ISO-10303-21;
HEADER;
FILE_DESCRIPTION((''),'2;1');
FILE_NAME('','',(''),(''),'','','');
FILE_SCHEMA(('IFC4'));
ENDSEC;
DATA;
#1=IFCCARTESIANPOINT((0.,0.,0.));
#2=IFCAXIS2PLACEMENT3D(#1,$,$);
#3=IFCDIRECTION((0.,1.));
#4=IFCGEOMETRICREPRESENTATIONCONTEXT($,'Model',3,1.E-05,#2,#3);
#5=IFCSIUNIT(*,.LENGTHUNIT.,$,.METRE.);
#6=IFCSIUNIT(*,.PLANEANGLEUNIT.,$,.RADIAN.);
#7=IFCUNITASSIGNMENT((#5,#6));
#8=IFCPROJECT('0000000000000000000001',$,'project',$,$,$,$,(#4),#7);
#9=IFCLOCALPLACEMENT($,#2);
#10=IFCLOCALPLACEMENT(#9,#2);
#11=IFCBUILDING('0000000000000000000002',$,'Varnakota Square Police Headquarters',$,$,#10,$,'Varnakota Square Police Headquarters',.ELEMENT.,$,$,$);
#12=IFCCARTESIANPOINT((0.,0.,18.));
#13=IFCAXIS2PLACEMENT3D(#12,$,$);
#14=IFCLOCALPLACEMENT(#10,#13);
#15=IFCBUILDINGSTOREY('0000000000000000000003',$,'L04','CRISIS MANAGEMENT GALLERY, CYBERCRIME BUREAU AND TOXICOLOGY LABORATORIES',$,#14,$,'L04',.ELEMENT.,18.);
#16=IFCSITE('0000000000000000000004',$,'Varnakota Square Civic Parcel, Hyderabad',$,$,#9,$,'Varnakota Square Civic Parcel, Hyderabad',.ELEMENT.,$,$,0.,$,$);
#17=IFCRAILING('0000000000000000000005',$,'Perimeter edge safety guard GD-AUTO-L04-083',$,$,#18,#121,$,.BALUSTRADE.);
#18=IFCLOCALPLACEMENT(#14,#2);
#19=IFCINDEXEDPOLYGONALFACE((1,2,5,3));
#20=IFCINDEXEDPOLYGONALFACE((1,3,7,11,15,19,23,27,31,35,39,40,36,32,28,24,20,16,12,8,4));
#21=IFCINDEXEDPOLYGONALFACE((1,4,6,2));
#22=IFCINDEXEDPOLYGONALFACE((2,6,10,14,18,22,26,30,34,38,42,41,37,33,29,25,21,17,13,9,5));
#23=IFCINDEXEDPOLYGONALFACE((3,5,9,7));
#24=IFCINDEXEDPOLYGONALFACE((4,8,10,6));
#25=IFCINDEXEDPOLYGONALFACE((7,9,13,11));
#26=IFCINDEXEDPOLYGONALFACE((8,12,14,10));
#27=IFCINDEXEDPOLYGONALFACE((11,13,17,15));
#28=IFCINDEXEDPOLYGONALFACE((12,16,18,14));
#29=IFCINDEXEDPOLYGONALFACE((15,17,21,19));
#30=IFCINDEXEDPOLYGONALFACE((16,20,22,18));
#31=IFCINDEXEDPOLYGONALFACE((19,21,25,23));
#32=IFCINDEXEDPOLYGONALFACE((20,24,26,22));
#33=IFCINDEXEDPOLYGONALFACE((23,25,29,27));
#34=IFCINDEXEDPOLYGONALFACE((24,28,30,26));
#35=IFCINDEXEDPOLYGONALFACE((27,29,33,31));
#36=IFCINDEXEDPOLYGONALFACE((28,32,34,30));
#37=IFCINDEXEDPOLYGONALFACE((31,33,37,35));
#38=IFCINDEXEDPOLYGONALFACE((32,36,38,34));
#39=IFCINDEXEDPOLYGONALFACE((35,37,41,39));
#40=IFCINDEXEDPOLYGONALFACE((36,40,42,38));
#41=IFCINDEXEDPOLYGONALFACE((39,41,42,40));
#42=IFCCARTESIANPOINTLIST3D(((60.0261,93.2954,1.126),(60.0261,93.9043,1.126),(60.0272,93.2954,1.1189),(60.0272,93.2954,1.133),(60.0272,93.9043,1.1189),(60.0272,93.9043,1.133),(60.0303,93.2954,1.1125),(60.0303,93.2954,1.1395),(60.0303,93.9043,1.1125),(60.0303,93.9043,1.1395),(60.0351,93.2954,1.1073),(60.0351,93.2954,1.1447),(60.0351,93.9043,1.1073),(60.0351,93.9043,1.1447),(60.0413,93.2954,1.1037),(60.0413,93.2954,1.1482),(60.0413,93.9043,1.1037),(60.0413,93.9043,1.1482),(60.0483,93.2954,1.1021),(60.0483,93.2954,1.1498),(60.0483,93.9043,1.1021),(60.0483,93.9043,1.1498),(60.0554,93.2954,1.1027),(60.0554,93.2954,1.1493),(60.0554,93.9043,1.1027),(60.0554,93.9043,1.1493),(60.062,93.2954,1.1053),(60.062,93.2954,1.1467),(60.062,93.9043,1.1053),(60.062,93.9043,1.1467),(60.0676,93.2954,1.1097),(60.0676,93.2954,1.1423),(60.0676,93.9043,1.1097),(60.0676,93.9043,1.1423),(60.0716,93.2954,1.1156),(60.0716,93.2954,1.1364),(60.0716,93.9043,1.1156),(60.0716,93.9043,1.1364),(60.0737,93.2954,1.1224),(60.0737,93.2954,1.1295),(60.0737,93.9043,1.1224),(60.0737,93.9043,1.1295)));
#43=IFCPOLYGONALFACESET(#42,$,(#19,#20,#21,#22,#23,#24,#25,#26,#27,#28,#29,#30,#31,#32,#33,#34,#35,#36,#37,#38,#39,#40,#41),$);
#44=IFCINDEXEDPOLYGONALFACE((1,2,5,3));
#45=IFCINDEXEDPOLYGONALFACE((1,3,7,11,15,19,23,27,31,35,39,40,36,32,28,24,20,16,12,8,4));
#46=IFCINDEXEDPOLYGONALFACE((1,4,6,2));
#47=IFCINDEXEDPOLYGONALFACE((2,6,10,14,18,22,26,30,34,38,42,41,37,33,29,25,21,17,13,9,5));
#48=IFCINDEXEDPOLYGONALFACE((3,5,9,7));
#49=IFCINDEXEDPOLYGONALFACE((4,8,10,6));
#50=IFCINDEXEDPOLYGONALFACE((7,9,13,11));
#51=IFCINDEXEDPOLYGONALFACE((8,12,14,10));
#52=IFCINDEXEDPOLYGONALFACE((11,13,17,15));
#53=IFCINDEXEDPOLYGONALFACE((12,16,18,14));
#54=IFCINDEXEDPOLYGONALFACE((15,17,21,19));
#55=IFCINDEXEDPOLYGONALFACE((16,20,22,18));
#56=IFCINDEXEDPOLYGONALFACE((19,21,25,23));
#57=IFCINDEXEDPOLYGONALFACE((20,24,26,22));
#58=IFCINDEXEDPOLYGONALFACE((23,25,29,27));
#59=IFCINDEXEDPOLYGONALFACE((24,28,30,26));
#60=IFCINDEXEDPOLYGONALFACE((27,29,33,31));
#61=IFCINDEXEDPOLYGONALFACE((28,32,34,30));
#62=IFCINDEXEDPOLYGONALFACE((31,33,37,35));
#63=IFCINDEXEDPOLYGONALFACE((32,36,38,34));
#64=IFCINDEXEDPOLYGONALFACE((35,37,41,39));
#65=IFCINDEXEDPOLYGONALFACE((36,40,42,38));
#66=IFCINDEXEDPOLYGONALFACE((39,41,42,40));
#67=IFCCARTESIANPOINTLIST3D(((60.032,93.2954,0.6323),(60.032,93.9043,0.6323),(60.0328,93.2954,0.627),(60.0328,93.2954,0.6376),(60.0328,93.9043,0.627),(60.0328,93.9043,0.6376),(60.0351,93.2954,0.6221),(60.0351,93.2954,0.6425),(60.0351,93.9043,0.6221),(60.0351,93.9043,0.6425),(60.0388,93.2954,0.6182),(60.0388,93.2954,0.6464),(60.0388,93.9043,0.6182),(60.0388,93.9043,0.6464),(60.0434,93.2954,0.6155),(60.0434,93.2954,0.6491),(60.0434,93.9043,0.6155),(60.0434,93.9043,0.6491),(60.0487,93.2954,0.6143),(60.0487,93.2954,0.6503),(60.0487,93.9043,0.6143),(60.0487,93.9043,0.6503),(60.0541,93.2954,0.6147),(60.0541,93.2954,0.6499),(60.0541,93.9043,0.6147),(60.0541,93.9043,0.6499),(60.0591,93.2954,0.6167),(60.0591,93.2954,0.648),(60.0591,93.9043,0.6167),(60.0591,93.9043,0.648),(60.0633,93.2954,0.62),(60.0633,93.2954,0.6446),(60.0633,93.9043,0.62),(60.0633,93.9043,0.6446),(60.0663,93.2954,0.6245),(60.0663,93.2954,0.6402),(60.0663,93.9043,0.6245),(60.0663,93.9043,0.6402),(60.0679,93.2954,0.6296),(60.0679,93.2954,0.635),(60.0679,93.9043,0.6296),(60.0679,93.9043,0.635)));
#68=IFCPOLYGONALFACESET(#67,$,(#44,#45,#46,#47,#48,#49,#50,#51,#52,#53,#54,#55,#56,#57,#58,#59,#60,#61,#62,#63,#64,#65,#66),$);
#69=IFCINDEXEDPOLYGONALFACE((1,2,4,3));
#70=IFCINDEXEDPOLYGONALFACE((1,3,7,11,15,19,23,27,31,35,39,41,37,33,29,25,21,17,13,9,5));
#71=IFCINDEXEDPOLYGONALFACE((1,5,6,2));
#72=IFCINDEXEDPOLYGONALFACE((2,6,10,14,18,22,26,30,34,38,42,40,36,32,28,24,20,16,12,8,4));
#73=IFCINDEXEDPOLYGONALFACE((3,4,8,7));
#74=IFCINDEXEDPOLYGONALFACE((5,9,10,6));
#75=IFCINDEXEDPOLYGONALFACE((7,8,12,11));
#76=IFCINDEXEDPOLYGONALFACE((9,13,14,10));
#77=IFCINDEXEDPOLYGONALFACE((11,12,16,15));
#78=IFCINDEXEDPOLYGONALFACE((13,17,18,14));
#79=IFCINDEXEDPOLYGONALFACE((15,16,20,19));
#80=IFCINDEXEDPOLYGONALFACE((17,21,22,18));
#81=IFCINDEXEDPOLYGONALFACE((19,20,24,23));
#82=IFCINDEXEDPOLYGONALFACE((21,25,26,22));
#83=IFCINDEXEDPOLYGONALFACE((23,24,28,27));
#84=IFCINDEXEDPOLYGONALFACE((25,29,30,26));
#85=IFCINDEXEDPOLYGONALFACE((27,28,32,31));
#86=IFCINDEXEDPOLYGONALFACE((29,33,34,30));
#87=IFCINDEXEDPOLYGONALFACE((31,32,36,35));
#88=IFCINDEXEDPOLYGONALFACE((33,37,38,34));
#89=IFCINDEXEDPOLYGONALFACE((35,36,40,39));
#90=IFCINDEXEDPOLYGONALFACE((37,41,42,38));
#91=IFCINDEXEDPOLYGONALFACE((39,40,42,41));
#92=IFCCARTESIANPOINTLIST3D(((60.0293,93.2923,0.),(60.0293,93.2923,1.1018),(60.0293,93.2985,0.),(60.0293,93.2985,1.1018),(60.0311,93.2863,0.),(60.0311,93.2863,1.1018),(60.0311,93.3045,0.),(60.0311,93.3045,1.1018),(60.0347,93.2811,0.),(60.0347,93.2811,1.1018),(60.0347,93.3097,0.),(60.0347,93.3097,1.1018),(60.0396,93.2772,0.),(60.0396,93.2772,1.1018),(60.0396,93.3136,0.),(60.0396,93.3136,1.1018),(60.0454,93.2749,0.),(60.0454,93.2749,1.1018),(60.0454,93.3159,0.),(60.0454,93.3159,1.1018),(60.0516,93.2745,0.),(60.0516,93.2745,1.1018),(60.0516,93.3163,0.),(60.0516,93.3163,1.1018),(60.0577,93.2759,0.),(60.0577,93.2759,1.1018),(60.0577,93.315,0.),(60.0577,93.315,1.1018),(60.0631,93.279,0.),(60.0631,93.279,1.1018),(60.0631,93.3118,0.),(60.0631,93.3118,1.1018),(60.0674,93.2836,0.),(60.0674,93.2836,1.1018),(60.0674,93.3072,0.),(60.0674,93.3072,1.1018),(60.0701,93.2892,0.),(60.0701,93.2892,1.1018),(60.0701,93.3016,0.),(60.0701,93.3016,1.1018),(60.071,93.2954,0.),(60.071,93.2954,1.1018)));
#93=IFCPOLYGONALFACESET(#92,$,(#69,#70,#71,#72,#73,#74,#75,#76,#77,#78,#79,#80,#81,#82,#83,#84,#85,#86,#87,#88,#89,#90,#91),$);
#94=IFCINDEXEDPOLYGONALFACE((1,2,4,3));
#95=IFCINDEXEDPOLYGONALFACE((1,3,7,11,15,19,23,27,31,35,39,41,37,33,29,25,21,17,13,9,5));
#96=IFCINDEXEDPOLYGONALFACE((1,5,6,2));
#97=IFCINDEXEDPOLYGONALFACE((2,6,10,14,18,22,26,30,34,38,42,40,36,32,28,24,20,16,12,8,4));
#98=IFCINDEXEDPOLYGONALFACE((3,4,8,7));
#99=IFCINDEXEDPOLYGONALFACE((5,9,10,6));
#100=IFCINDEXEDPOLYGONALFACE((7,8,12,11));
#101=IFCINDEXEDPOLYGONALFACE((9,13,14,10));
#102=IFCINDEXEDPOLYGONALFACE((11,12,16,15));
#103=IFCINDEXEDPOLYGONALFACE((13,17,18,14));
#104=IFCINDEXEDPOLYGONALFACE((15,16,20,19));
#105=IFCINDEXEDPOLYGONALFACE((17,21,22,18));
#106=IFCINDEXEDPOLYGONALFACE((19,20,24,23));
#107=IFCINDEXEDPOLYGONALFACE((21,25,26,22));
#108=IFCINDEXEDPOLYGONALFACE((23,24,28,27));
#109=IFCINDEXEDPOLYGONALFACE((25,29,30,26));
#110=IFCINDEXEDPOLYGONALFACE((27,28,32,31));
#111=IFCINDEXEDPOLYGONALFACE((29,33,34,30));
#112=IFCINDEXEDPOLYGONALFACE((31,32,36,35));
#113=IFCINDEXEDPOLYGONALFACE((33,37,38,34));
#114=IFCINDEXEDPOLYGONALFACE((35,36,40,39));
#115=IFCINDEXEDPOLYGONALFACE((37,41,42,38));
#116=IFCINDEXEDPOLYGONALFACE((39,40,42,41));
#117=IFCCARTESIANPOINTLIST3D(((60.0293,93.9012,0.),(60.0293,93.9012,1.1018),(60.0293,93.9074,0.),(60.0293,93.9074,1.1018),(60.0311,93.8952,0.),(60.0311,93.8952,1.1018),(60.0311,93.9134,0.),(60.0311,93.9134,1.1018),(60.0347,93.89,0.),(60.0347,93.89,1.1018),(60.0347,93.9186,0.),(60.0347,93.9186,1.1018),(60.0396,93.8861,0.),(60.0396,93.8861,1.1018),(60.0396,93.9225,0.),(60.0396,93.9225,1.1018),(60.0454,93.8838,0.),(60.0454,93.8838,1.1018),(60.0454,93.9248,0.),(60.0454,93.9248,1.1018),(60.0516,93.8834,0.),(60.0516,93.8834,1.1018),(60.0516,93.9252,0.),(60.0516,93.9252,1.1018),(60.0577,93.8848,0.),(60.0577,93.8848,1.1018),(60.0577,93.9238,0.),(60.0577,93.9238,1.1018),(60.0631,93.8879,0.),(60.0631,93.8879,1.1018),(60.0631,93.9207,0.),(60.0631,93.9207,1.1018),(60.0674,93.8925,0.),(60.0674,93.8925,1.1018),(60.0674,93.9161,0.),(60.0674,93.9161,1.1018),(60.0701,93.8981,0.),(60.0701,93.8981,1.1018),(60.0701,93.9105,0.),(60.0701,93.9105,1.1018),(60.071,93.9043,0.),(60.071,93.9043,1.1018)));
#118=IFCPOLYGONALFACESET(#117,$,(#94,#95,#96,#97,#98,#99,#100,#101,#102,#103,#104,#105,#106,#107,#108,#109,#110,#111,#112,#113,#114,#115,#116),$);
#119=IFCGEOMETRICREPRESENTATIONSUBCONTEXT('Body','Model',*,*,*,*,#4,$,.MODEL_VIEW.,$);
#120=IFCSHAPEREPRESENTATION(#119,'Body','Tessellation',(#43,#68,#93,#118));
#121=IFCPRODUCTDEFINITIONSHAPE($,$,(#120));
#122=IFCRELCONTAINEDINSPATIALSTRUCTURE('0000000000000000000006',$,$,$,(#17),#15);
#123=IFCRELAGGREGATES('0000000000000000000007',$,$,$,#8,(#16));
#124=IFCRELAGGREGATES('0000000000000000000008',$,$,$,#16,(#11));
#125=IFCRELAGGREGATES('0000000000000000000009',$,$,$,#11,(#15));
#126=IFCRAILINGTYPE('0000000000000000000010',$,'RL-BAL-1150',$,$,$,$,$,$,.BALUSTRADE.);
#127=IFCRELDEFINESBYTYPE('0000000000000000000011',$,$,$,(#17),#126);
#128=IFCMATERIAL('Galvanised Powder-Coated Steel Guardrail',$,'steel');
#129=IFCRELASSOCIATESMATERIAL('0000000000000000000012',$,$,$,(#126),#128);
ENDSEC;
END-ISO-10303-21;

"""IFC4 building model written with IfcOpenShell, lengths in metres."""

from ifc_helpers import new_model, si_unit, direction, frame, origin, origin_2d, place, context, subcontext, project, spatial, circle, extrude, material, type_object, element, save


model = new_model("IFC4")

# Units and contexts
model_context = context("Model", 3, precision=1e-05, world=origin(), true_north=direction((0.0, 1.0)))
body_context = subcontext(model_context, "Body", "Model", "MODEL_VIEW")
ifc_project = project(units=[si_unit("LENGTHUNIT", "METRE"), si_unit("PLANEANGLEUNIT", "RADIAN")], contexts=[model_context])

# Site, building, storey
site_placement = place(None, origin())
site = spatial("IfcSite", under=ifc_project, at=site_placement, Name="Varnakota Square Civic Parcel, Hyderabad", LongName="Varnakota Square Civic Parcel, Hyderabad", CompositionType="ELEMENT", RefElevation=0.0)
building_placement = place(site_placement, origin())
building = spatial("IfcBuilding", under=site, at=building_placement, Name="Varnakota Square Police Headquarters", LongName="Varnakota Square Police Headquarters", CompositionType="ELEMENT")
storey_placement = place(building_placement, frame((0.0, 0.0, 18.0)))
storey = spatial("IfcBuildingStorey", under=building, at=storey_placement, Name="L04", Description="CRISIS MANAGEMENT GALLERY, CYBERCRIME BUREAU AND TOXICOLOGY LABORATORIES", LongName="L04", CompositionType="ELEMENT", Elevation=18.0)

# Railing
ifc_material_1 = material(Name="Galvanised Powder-Coated Steel Guardrail", Category="steel")
railing_type_1 = type_object("IfcRailingType", Name="RL-BAL-1150", PredefinedType="BALUSTRADE", material=ifc_material_1)
railing_1_placement = place(storey_placement, frame((60.05, 93.2954, 0.0)))
element("IfcRailing", 1, at=railing_1_placement, inside=storey, type_object=railing_type_1, Name="Perimeter edge safety guard GD-AUTO-L04-083", PredefinedType="BALUSTRADE", context=body_context, shape_type="SweptSolid", body=[
    extrude(circle(Radius=0.0239, at=origin_2d()), frame((0.0, 0.0, 1.126), z_axis=(0.0, 1.0, 0.0), x_axis=(-1.0, 0.0, 0.0)), (0.0, 0.0, 1.0), 0.6089),
    extrude(circle(Radius=0.0181, at=origin_2d()), frame((0.0, 0.0, 0.6323), z_axis=(0.0, 1.0, 0.0), x_axis=(-1.0, 0.0, 0.0)), (0.0, 0.0, 1.0), 0.6089),
    extrude(circle(Radius=0.021, at=origin_2d()), origin(), (0.0, 0.0, 1.0), 1.1018),
    extrude(circle(Radius=0.021, at=origin_2d()), frame((0.0, 0.6089, 0.0)), (0.0, 0.0, 1.0), 1.1018),
])

save(model, "model.ifc")
